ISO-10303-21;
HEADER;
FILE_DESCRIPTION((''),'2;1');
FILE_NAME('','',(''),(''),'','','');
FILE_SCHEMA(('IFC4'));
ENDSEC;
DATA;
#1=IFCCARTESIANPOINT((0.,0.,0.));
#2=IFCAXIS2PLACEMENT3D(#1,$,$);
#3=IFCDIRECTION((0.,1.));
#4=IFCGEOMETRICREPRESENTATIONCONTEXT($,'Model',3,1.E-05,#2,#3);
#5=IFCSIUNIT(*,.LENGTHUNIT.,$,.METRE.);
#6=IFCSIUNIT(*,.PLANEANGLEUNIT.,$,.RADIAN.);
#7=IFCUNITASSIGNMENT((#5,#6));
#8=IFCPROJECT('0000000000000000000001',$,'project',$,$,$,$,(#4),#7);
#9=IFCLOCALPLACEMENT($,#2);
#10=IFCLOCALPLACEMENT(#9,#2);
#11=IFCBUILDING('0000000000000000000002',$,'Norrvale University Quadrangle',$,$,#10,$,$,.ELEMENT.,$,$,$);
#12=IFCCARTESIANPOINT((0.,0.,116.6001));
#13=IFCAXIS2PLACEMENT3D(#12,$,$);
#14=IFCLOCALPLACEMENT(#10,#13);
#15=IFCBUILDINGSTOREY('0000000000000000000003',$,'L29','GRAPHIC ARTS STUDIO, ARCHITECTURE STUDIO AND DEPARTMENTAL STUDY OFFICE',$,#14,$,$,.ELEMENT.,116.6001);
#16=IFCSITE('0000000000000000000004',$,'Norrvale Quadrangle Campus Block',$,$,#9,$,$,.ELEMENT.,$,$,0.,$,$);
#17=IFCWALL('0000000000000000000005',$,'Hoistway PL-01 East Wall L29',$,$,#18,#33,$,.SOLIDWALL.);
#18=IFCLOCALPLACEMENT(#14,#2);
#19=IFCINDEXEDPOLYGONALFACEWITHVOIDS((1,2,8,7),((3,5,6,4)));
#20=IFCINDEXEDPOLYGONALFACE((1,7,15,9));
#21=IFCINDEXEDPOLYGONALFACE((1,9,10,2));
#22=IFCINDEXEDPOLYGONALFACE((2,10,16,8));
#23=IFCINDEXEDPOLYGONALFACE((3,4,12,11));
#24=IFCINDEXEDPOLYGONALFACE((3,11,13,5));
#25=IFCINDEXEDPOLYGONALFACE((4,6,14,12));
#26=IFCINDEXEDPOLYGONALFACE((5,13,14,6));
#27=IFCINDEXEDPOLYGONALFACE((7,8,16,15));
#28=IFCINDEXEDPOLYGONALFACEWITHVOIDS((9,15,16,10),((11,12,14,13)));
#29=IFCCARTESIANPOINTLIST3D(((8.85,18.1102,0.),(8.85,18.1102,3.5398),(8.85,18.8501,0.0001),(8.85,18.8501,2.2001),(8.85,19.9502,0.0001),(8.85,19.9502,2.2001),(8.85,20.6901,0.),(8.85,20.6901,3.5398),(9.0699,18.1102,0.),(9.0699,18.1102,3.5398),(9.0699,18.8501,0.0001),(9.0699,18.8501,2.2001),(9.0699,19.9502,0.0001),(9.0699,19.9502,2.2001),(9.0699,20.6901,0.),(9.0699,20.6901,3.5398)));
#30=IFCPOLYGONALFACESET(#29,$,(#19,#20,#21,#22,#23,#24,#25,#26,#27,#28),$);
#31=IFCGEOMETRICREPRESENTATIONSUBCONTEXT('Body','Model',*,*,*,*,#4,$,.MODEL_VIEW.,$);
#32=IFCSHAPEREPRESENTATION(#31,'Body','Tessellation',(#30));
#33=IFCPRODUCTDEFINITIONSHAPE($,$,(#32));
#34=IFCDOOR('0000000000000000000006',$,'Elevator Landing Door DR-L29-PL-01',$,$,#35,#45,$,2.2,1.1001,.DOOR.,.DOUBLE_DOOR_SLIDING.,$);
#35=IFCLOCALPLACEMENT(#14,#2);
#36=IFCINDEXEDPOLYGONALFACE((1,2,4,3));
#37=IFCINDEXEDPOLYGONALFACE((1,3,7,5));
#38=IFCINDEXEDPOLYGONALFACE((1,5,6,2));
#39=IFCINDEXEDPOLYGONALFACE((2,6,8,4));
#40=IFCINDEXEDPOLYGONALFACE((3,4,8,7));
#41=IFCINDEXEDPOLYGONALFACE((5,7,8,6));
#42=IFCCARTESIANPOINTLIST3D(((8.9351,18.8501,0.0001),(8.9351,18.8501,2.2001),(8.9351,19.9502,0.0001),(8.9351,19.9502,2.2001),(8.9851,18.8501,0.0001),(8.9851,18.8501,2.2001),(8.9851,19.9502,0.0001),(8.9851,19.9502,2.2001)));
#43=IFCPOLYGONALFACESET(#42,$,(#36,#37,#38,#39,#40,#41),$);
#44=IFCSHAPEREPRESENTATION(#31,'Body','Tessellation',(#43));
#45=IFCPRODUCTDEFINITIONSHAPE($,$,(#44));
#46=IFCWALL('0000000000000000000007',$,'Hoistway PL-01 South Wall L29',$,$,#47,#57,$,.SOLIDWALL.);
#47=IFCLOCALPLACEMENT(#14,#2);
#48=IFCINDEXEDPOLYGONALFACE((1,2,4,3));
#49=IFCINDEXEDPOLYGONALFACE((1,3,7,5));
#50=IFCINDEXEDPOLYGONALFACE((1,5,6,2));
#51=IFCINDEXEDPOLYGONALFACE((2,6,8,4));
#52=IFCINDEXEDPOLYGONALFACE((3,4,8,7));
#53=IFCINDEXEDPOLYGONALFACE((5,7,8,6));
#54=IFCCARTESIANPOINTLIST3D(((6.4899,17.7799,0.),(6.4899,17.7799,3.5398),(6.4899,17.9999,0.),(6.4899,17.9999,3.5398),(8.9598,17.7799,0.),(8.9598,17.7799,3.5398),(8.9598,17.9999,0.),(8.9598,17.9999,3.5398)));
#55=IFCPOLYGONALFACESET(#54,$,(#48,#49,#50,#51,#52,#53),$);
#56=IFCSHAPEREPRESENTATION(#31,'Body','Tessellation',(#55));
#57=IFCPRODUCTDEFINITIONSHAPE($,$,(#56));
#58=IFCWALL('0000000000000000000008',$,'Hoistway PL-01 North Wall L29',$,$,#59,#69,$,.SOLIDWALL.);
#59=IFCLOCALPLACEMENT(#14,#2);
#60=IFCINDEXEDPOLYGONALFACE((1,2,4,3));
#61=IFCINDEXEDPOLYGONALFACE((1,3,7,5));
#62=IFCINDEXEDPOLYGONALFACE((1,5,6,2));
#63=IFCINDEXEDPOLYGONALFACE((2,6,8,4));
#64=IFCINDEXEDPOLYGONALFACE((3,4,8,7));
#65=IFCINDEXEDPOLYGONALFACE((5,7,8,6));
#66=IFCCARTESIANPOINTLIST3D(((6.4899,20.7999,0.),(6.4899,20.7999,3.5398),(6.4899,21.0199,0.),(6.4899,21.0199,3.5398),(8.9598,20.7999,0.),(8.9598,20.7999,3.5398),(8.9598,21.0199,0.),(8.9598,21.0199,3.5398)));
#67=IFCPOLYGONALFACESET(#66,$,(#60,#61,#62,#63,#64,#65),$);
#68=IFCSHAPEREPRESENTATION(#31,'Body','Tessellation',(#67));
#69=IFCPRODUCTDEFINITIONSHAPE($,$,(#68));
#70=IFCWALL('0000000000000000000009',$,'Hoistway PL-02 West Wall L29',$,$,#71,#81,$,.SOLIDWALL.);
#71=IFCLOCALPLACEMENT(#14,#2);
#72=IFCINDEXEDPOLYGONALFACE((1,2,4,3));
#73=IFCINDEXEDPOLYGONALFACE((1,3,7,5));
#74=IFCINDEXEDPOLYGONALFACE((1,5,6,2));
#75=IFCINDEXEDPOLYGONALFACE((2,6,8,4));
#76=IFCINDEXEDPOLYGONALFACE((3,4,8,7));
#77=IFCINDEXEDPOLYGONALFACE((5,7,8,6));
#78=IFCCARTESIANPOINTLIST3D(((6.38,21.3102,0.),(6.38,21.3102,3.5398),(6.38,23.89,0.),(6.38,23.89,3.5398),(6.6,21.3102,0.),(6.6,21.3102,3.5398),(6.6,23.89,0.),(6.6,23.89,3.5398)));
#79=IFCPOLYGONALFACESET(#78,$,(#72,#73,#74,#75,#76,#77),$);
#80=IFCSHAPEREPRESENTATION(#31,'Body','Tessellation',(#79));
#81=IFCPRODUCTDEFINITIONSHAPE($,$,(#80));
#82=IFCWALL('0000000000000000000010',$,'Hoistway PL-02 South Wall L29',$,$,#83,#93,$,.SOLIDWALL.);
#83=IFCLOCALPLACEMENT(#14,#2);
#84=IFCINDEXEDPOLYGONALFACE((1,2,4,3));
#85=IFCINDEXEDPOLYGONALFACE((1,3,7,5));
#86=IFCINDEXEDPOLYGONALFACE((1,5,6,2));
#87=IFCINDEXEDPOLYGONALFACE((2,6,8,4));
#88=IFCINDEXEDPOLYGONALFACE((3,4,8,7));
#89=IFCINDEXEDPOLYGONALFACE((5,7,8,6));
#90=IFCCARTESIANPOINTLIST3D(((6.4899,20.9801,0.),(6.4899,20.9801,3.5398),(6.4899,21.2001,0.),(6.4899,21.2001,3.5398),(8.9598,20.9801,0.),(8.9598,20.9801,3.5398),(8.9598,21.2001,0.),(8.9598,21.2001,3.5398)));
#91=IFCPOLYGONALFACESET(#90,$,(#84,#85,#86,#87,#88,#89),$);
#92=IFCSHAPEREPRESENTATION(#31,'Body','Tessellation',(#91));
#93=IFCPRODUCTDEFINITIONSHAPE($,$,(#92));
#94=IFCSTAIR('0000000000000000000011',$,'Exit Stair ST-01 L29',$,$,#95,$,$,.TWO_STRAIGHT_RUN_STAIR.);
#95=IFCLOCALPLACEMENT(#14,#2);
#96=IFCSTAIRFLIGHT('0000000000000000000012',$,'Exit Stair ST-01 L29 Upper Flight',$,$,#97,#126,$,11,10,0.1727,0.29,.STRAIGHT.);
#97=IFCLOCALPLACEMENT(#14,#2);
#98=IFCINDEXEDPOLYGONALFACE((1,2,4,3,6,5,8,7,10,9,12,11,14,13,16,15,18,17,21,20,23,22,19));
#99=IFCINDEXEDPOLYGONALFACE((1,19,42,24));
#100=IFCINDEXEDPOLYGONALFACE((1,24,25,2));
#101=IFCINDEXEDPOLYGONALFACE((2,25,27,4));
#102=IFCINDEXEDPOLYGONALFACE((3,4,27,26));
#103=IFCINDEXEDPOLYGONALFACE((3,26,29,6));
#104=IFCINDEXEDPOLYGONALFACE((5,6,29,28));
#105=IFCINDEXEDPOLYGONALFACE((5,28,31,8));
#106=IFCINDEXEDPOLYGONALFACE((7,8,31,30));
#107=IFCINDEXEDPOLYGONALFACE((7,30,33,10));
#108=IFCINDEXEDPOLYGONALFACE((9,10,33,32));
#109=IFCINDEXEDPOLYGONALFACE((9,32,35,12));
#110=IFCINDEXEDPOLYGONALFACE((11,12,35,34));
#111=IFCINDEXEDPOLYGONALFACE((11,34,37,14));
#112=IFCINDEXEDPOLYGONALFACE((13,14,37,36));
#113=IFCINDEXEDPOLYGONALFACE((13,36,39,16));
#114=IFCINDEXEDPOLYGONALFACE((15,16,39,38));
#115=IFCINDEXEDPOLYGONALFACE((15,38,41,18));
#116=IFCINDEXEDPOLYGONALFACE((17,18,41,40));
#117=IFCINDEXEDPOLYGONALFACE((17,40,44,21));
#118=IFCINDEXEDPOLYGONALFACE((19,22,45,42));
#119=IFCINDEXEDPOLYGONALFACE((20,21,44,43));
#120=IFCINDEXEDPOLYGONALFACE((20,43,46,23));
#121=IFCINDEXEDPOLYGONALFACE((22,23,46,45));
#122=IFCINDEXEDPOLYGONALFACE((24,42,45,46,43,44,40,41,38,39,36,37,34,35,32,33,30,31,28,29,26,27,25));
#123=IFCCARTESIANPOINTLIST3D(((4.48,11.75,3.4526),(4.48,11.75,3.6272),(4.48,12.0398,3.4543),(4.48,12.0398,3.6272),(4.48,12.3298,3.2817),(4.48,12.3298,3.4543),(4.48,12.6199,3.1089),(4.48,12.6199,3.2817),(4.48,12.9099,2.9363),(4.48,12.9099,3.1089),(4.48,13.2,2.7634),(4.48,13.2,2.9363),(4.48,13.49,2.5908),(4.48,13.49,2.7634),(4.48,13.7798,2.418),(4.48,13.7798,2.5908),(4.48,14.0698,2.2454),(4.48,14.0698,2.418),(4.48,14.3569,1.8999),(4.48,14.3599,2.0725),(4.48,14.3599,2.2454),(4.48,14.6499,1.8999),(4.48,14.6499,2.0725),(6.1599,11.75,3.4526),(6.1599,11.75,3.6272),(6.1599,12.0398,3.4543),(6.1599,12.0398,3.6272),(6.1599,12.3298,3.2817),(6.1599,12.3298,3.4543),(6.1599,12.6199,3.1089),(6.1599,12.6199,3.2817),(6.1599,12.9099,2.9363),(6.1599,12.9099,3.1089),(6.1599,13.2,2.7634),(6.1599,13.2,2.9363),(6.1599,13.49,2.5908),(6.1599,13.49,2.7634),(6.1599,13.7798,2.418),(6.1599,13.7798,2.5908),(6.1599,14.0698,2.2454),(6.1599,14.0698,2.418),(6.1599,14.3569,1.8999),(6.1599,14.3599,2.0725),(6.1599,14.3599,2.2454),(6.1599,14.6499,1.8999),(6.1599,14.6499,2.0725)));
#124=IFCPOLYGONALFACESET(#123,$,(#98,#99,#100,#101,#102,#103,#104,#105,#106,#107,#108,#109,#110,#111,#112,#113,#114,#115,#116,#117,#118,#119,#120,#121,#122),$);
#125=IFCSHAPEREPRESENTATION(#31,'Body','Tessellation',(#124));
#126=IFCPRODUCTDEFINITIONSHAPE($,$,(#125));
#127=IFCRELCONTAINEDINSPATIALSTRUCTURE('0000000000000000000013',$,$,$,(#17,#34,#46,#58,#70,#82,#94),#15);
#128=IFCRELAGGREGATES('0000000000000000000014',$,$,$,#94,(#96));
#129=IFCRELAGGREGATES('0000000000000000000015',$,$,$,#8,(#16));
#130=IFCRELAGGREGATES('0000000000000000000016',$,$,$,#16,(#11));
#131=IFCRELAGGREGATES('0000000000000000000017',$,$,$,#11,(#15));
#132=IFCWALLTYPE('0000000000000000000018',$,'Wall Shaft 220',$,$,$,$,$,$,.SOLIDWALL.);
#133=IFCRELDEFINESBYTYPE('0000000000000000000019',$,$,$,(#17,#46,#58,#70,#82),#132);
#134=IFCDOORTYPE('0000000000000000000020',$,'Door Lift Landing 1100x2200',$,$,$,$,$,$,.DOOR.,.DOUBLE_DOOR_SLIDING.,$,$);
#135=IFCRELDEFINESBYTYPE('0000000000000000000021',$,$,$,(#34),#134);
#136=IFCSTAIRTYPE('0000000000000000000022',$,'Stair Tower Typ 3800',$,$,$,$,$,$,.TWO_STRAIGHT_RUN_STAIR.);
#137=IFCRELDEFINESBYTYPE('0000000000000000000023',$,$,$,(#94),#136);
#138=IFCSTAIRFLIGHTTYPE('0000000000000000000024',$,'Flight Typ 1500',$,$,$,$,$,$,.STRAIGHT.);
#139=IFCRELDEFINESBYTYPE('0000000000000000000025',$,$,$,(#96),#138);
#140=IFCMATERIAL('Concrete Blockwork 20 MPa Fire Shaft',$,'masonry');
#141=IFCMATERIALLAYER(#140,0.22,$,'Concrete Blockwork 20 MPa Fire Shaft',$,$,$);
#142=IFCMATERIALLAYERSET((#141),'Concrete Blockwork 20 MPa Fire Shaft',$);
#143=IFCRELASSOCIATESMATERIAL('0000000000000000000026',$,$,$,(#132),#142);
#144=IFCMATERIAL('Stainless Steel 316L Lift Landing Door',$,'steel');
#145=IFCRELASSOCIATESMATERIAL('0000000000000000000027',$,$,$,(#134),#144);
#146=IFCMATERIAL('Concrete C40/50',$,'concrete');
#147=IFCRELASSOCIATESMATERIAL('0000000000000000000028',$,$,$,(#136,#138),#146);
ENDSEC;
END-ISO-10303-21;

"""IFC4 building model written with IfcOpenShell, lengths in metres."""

from ifc_helpers import new_model, si_unit, direction, frame, frame_2d, origin, place, context, subcontext, project, spatial, polyline, rectangle, outline, extrude, material, layer, layer_set, type_object, element, fill, aggregate, save


model = new_model("IFC4")

# Units and contexts
model_context = context("Model", 3, precision=1e-05, world=origin(), true_north=direction((0.0, 1.0)))
body_context = subcontext(model_context, "Body", "Model", "MODEL_VIEW")
ifc_project = project(units=[si_unit("LENGTHUNIT", "METRE"), si_unit("PLANEANGLEUNIT", "RADIAN")], contexts=[model_context])

# Site, building, storey
site_placement = place(None, origin())
site = spatial("IfcSite", under=ifc_project, at=site_placement, Name="Norrvale Quadrangle Campus Block", CompositionType="ELEMENT", RefElevation=0.0)
building_placement = place(site_placement, origin())
building = spatial("IfcBuilding", under=site, at=building_placement, Name="Norrvale University Quadrangle", CompositionType="ELEMENT")
storey_placement = place(building_placement, frame((0.0, 0.0, 116.6001)))
storey = spatial("IfcBuildingStorey", under=building, at=storey_placement, Name="L29", Description="GRAPHIC ARTS STUDIO, ARCHITECTURE STUDIO AND DEPARTMENTAL STUDY OFFICE", CompositionType="ELEMENT", Elevation=116.6001)

# Shared definitions
ifc_material_1 = material(Name="Concrete Blockwork 20 MPa Fire Shaft", Category="masonry")
ifc_layer_1 = layer(ifc_material_1, 0.22, Name="Concrete Blockwork 20 MPa Fire Shaft")
ifc_layer_set_1 = layer_set([ifc_layer_1], Name="Concrete Blockwork 20 MPa Fire Shaft")
wall_type_1 = type_object("IfcWallType", Name="Wall Shaft 220", PredefinedType="SOLIDWALL", material=ifc_layer_set_1)

# Wall, opening, door
wall_1_placement = place(storey_placement, frame((8.96, 18.1101, 0.0), z_axis=(0.0, 0.0, 1.0), x_axis=(0.0, 1.0, 0.0)))
wall_1 = element("IfcWall", 1, at=wall_1_placement, inside=storey, type_object=wall_type_1, Name="Hoistway PL-01 East Wall L29", PredefinedType="SOLIDWALL", context=body_context, shape_type="SweptSolid", body=[
    extrude(rectangle(XDim=2.5798, YDim=0.22, at=frame_2d((1.29, 0.0))), origin(), (0.0, 0.0, 1.0), 3.5398),
])
opening_1_placement = place(wall_1_placement, frame((0.74, 0.0, 0.0)))
opening_1 = element("IfcOpeningElement", 2, at=opening_1_placement, cuts=wall_1, PredefinedType="OPENING", context=body_context, shape_type="SweptSolid", body=[
    extrude(rectangle(XDim=1.1001, YDim=2.2, at=frame_2d((0.55, 1.1001))), frame((0.0, 0.1221, 0.0), z_axis=(0.0, -1.0, 0.0), x_axis=(1.0, 0.0, 0.0)), (0.0, 0.0, 1.0), 0.2439),
])
ifc_material_2 = material(Name="Stainless Steel 316L Lift Landing Door", Category="steel")
door_type_1 = type_object("IfcDoorType", Name="Door Lift Landing 1100x2200", OperationType="DOUBLE_DOOR_SLIDING", PredefinedType="DOOR", material=ifc_material_2)
door_1_placement = place(opening_1_placement, origin())
door_1 = element("IfcDoor", 3, at=door_1_placement, inside=storey, type_object=door_type_1, Name="Elevator Landing Door DR-L29-PL-01", OperationType="DOUBLE_DOOR_SLIDING", OverallHeight=2.2, OverallWidth=1.1001, PredefinedType="DOOR", context=body_context, shape_type="SweptSolid", body=[
    extrude(rectangle(XDim=1.1001, YDim=2.2, at=frame_2d((0.55, 1.1001))), frame((0.0, 0.0249, 0.0), z_axis=(0.0, -1.0, 0.0), x_axis=(1.0, 0.0, 0.0)), (0.0, 0.0, 1.0), 0.05),
])
fill(opening_1, door_1)

# Walls
for number, where, z_axis, x_axis, name in (
    (4, (6.49, 17.8899, 0.0), (0.0, 0.0, 1.0), (1.0, 0.0, 0.0), "Hoistway PL-01 South Wall L29"),
    (5, (6.49, 20.9099, 0.0), (0.0, 0.0, 1.0), (1.0, 0.0, 0.0), "Hoistway PL-01 North Wall L29"),
):
    element("IfcWall", number, at=place(storey_placement, frame(where, z_axis=z_axis, x_axis=x_axis)), inside=storey, type_object=wall_type_1, Name=name, PredefinedType="SOLIDWALL", context=body_context, shape_type="SweptSolid", body=[
        extrude(rectangle(XDim=2.47, YDim=0.22, at=frame_2d((1.2349, 0.0))), origin(), (0.0, 0.0, 1.0), 3.5398),
    ])
wall_2_placement = place(storey_placement, frame((6.49, 21.3101, 0.0), z_axis=(0.0, 0.0, 1.0), x_axis=(0.0, 1.0, 0.0)))
element("IfcWall", 6, at=wall_2_placement, inside=storey, type_object=wall_type_1, Name="Hoistway PL-02 West Wall L29", PredefinedType="SOLIDWALL", context=body_context, shape_type="SweptSolid", body=[
    extrude(rectangle(XDim=2.5798, YDim=0.22, at=frame_2d((1.29, 0.0))), origin(), (0.0, 0.0, 1.0), 3.5398),
])
wall_3_placement = place(storey_placement, frame((6.49, 21.0901, 0.0), z_axis=(0.0, 0.0, 1.0), x_axis=(1.0, 0.0, 0.0)))
element("IfcWall", 7, at=wall_3_placement, inside=storey, type_object=wall_type_1, Name="Hoistway PL-02 South Wall L29", PredefinedType="SOLIDWALL", context=body_context, shape_type="SweptSolid", body=[
    extrude(rectangle(XDim=2.47, YDim=0.22, at=frame_2d((1.2349, 0.0))), origin(), (0.0, 0.0, 1.0), 3.5398),
])

# Stair, stair flight
ifc_material_3 = material(Name="Concrete C40/50", Category="concrete")
stair_type = type_object("IfcStairType", Name="Stair Tower Typ 3800", PredefinedType="TWO_STRAIGHT_RUN_STAIR", material=ifc_material_3)
stair_placement = place(storey_placement, origin())
stair = element("IfcStair", 8, at=stair_placement, inside=storey, type_object=stair_type, Name="Exit Stair ST-01 L29", PredefinedType="TWO_STRAIGHT_RUN_STAIR")
stair_flight_type = type_object("IfcStairFlightType", Name="Flight Typ 1500", PredefinedType="STRAIGHT", material=ifc_material_3)
stair_flight_placement = place(storey_placement, frame((5.3201, 14.6499, 1.8999), z_axis=(0.0, 0.0, 1.0), x_axis=(0.0, -1.0, 0.0)))
stair_flight = element("IfcStairFlight", 9, at=stair_flight_placement, type_object=stair_flight_type, Name="Exit Stair ST-01 L29 Upper Flight", NumberOfRisers=11, NumberOfTreads=10, PredefinedType="STRAIGHT", RiserHeight=0.1727, TreadLength=0.29, context=body_context, shape_type="SweptSolid", body=[
    extrude(outline(polyline([(0.0, 0.0), (0.0, 0.1726), (0.29, 0.1726), (0.29, 0.3455), (0.5801, 0.3455), (0.5801, 0.5181), (0.8701, 0.5181), (0.8701, 0.6909), (1.1599, 0.6909), (1.1599, 0.8635), (1.45, 0.8635), (1.45, 1.0364), (1.74, 1.0364), (1.74, 1.209), (2.03, 1.209), (2.03, 1.3818), (2.3201, 1.3818), (2.3201, 1.5544), (2.6101, 1.5544), (2.6101, 1.7273), (2.8999, 1.7273), (2.8999, 1.8999), (2.8999, 1.5527), (0.293, 0.0), (0.0, 0.0)])), frame((0.0, 0.8398, 0.0), z_axis=(0.0, -1.0, 0.0), x_axis=(1.0, 0.0, 0.0)), (0.0, 0.0, 1.0), 1.6799),
])
aggregate(stair, [stair_flight])

save(model, "model.ifc")
